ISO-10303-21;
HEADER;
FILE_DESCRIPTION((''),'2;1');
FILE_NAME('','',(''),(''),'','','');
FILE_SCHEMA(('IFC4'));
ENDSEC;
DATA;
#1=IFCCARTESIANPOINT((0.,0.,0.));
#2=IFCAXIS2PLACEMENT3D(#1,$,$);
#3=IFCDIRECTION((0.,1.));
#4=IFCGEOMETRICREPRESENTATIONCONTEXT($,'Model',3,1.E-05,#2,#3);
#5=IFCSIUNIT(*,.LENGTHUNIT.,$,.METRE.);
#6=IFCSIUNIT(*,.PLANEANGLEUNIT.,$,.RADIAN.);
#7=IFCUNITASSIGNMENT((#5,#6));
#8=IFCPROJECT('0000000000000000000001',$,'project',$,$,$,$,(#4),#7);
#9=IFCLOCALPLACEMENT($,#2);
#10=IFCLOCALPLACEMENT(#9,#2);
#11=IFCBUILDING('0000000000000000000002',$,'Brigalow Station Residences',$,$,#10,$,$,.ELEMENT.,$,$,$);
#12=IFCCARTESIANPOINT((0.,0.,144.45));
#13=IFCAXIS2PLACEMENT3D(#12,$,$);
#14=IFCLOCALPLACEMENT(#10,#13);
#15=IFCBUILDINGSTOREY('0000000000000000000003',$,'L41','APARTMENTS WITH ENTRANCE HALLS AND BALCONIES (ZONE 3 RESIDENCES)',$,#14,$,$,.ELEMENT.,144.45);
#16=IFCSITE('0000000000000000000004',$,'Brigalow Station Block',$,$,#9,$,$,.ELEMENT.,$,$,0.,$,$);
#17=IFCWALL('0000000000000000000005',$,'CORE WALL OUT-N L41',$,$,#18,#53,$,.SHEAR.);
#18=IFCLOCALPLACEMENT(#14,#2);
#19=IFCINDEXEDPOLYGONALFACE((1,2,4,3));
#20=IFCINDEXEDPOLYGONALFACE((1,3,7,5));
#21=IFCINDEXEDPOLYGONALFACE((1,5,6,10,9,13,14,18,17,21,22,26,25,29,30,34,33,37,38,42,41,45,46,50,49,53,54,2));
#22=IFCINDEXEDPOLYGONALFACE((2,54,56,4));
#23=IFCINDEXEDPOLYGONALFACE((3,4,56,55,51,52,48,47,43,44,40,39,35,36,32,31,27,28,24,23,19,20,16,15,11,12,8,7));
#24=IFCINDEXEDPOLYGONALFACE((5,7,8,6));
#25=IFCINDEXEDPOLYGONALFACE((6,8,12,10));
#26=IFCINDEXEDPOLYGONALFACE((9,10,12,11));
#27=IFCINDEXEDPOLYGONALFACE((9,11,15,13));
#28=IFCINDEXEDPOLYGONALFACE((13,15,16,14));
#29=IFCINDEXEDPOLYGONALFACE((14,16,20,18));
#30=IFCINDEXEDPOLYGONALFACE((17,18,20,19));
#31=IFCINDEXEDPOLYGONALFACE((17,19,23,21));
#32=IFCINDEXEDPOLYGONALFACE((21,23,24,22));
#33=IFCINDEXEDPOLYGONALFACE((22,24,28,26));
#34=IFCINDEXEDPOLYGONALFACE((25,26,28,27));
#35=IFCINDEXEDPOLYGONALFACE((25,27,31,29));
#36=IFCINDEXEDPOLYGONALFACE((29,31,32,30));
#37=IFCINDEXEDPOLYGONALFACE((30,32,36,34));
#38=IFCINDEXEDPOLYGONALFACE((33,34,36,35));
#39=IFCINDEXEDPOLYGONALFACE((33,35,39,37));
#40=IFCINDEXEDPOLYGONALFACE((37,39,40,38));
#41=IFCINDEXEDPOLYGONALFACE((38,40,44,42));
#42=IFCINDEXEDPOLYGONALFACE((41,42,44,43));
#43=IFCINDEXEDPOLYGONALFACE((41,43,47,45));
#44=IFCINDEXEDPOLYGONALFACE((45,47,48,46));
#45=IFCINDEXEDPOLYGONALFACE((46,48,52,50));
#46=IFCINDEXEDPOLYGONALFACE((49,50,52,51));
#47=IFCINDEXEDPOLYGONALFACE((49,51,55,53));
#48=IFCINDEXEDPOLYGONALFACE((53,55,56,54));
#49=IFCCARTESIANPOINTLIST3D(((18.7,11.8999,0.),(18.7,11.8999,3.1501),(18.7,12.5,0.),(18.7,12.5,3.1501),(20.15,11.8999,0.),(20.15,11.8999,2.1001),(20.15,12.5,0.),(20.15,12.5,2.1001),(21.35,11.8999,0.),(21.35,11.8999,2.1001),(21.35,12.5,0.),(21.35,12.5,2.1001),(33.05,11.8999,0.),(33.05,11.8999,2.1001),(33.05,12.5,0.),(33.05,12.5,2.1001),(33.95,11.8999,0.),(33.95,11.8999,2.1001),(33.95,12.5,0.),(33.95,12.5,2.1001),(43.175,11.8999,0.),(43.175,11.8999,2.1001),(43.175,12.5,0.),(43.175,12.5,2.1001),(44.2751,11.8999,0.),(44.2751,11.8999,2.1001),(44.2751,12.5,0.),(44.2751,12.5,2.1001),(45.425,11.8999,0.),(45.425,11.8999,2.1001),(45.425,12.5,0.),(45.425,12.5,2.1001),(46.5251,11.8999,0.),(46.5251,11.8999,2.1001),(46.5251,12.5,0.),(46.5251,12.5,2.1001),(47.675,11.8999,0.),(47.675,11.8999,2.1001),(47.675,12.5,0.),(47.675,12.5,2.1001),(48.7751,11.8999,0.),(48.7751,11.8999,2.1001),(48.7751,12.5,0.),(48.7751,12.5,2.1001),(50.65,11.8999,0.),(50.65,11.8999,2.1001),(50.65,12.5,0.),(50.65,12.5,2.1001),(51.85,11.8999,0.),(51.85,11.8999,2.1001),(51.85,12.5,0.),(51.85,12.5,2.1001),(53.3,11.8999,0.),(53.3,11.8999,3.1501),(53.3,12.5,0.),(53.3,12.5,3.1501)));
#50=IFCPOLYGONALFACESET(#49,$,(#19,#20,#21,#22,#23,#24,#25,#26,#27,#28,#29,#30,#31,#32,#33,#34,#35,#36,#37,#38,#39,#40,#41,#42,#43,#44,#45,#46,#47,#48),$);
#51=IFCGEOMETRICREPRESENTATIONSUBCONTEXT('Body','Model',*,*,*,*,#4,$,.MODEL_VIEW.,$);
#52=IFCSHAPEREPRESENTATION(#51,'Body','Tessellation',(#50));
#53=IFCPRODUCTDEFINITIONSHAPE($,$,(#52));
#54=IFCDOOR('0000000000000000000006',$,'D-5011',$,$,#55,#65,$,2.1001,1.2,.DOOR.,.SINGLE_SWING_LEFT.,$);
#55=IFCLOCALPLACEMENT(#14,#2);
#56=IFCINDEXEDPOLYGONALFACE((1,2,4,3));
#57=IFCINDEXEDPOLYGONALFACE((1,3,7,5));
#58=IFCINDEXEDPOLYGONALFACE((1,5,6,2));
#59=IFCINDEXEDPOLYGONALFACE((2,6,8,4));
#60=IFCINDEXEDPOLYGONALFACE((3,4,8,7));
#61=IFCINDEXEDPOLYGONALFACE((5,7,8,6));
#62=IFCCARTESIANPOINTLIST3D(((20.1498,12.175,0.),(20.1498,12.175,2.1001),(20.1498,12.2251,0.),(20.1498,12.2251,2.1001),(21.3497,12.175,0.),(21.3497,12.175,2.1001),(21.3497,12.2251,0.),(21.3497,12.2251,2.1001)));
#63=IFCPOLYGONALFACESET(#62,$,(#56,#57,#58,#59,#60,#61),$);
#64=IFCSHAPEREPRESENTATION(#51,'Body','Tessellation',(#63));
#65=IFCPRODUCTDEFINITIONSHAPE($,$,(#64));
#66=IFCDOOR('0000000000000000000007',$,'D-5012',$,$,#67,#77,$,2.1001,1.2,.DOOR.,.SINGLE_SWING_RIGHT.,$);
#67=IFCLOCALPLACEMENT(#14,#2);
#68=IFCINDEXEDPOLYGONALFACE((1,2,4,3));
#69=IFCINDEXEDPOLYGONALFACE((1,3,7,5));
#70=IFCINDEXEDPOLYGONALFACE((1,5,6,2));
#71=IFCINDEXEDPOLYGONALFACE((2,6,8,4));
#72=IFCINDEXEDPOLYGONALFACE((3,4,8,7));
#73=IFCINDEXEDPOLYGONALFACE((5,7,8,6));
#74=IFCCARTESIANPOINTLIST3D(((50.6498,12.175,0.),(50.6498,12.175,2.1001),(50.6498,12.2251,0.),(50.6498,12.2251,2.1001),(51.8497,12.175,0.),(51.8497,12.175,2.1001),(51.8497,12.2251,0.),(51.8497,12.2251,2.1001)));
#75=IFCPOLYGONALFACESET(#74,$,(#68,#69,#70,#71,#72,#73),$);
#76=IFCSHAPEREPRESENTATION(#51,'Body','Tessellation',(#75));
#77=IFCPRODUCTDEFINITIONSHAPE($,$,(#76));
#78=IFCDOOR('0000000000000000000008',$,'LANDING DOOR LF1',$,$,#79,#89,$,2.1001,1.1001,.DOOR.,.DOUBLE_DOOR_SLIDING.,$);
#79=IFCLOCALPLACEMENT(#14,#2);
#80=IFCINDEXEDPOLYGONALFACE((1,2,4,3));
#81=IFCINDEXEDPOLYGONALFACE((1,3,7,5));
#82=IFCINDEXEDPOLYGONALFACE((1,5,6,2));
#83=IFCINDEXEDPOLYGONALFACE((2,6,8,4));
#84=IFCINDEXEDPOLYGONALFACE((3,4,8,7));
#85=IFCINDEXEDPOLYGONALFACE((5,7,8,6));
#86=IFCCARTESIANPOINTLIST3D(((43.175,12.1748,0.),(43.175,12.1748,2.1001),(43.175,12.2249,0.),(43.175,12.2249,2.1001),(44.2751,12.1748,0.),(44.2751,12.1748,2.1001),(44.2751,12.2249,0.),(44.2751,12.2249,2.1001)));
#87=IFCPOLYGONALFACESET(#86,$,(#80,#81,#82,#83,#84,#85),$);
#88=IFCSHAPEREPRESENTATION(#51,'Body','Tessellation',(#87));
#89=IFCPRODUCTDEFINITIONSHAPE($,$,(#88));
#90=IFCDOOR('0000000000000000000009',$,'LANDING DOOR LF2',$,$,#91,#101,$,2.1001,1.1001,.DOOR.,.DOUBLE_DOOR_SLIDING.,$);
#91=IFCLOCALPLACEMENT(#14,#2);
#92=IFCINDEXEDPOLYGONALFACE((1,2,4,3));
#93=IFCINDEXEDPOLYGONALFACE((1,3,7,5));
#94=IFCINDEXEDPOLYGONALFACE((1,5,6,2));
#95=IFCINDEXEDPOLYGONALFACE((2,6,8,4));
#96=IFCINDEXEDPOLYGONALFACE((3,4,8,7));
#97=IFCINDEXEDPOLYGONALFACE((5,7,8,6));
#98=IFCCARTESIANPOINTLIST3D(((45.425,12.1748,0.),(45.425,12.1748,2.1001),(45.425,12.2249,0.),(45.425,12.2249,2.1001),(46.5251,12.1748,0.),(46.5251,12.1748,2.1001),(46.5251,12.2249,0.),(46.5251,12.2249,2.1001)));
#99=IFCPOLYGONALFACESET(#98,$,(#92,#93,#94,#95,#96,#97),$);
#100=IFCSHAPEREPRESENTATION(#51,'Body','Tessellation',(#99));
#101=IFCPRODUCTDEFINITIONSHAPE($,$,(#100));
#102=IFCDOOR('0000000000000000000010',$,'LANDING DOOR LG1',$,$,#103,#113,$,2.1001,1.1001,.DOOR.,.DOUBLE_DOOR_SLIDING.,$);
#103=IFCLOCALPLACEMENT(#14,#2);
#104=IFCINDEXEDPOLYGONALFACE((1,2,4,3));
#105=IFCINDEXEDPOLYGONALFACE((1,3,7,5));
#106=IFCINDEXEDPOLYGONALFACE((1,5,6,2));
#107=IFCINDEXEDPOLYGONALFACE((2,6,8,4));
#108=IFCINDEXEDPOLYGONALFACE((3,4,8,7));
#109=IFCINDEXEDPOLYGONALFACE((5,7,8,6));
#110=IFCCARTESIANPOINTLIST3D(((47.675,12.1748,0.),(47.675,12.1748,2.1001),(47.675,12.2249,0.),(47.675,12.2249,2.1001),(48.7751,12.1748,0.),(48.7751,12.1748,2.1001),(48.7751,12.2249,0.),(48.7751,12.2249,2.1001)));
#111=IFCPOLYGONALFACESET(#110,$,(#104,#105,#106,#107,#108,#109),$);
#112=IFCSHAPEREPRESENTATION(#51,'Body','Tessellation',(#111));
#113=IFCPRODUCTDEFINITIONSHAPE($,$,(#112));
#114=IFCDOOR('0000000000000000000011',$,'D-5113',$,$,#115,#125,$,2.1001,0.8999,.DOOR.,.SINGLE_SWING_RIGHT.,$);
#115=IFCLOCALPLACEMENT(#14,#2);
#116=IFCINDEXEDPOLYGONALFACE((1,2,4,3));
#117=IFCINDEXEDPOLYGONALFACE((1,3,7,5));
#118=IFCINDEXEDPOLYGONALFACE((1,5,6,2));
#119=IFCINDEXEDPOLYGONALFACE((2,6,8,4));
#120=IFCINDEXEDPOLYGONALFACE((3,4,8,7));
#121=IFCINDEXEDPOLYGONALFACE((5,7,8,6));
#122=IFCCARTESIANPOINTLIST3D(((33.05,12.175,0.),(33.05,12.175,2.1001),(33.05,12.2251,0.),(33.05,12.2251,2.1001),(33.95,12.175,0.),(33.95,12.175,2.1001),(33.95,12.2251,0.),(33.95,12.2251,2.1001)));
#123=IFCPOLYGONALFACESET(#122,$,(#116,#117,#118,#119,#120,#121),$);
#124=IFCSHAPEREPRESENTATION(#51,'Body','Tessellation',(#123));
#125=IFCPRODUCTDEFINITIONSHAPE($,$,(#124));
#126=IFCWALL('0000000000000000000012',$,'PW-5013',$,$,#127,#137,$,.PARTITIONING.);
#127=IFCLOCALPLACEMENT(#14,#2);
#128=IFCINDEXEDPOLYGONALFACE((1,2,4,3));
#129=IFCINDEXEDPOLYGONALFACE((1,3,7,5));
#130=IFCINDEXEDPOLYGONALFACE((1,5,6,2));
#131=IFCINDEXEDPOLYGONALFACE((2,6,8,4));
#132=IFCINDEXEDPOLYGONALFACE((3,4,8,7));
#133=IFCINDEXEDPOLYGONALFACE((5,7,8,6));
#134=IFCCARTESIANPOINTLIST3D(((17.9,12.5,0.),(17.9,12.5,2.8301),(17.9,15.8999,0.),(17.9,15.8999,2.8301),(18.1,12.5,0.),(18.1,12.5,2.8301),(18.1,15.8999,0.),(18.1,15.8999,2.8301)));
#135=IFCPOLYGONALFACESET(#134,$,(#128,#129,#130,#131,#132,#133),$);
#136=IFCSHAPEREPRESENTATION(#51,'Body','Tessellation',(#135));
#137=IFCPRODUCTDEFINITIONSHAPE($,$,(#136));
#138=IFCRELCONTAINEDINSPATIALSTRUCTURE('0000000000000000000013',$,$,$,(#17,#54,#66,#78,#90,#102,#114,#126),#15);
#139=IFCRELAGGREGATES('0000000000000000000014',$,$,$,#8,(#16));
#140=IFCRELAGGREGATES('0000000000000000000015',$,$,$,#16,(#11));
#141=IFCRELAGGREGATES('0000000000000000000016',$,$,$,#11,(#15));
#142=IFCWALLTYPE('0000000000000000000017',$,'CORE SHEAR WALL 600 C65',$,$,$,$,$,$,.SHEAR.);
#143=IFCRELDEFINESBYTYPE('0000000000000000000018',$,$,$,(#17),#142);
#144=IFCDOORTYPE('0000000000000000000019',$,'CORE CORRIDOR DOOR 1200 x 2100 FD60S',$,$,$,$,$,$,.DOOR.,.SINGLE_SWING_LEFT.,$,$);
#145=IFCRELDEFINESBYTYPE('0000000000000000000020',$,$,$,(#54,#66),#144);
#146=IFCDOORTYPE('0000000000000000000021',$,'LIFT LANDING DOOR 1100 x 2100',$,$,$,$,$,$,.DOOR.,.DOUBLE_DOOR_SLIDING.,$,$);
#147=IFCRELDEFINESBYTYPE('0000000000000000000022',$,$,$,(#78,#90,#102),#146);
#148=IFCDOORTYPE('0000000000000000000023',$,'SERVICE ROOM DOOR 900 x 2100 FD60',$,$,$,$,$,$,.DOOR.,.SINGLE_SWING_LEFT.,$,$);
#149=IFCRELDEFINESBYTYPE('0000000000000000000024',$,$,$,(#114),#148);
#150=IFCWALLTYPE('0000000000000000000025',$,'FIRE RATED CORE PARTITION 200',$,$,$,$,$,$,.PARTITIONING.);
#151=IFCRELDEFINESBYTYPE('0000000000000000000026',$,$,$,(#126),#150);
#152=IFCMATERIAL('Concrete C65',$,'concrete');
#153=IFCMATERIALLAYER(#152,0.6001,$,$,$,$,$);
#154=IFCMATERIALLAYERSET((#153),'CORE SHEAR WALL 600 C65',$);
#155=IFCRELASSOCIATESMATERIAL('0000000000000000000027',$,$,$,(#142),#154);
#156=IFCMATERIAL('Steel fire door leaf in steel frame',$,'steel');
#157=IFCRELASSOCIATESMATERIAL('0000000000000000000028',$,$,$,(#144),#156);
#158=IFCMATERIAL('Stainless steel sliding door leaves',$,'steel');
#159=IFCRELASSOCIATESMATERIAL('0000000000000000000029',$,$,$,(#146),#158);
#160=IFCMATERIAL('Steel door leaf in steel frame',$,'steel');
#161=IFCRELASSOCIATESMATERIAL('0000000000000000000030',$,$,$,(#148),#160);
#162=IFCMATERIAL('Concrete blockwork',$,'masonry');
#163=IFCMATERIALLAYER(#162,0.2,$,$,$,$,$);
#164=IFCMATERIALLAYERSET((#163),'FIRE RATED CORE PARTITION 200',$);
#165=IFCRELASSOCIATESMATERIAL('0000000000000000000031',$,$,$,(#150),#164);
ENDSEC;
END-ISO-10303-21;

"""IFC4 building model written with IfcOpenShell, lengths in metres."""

from ifc_helpers import new_model, si_unit, direction, frame, frame_2d, origin, place, context, subcontext, project, spatial, rectangle, extrude, material, layer, layer_set, type_object, element, fill, save


model = new_model("IFC4")

# Units and contexts
model_context = context("Model", 3, precision=1e-05, world=origin(), true_north=direction((0.0, 1.0)))
body_context = subcontext(model_context, "Body", "Model", "MODEL_VIEW")
ifc_project = project(units=[si_unit("LENGTHUNIT", "METRE"), si_unit("PLANEANGLEUNIT", "RADIAN")], contexts=[model_context])

# Site, building, storey
site_placement = place(None, origin())
site = spatial("IfcSite", under=ifc_project, at=site_placement, Name="Brigalow Station Block", CompositionType="ELEMENT", RefElevation=0.0)
building_placement = place(site_placement, origin())
building = spatial("IfcBuilding", under=site, at=building_placement, Name="Brigalow Station Residences", CompositionType="ELEMENT")
storey_placement = place(building_placement, frame((0.0, 0.0, 144.45)))
storey = spatial("IfcBuildingStorey", under=building, at=storey_placement, Name="L41", Description="APARTMENTS WITH ENTRANCE HALLS AND BALCONIES (ZONE 3 RESIDENCES)", CompositionType="ELEMENT", Elevation=144.45)

# Wall, openings, doors
ifc_material_1 = material(Name="Concrete C65", Category="concrete")
ifc_layer_1 = layer(ifc_material_1, 0.6001)
ifc_layer_set_1 = layer_set([ifc_layer_1], Name="CORE SHEAR WALL 600 C65")
wall_type_1 = type_object("IfcWallType", Name="CORE SHEAR WALL 600 C65", PredefinedType="SHEAR", material=ifc_layer_set_1)
wall_1_placement = place(storey_placement, frame((18.7, 12.2, 0.0), z_axis=(0.0, 0.0, 1.0), x_axis=(1.0, 0.0, 0.0)))
wall_1 = element("IfcWall", 1, at=wall_1_placement, inside=storey, type_object=wall_type_1, Name="CORE WALL OUT-N L41", PredefinedType="SHEAR", context=body_context, shape_type="SweptSolid", body=[
    extrude(rectangle(XDim=34.6001, YDim=0.6001, at=frame_2d((17.3, 0.0))), origin(), (0.0, 0.0, 1.0), 3.1501),
])
opening_1_placement = place(wall_1_placement, frame((24.4751, 0.0, 0.0)))
opening_1 = element("IfcOpeningElement", 2, at=opening_1_placement, cuts=wall_1, PredefinedType="OPENING", context=body_context, shape_type="SweptSolid", body=[
    extrude(rectangle(XDim=1.1001, YDim=2.1001, at=frame_2d((0.55, 1.05))), frame((0.0, 0.3101, 0.0), z_axis=(0.0, -1.0, 0.0), x_axis=(1.0, 0.0, 0.0)), (0.0, 0.0, 1.0), 0.6201),
])
opening_2_placement = place(wall_1_placement, frame((26.7251, 0.0, 0.0)))
opening_2 = element("IfcOpeningElement", 3, at=opening_2_placement, cuts=wall_1, PredefinedType="OPENING", context=body_context, shape_type="SweptSolid", body=[
    extrude(rectangle(XDim=1.1001, YDim=2.1001, at=frame_2d((0.55, 1.05))), frame((0.0, 0.3101, 0.0), z_axis=(0.0, -1.0, 0.0), x_axis=(1.0, 0.0, 0.0)), (0.0, 0.0, 1.0), 0.6201),
])
opening_3_placement = place(wall_1_placement, frame((28.9751, 0.0, 0.0)))
opening_3 = element("IfcOpeningElement", 4, at=opening_3_placement, cuts=wall_1, PredefinedType="OPENING", context=body_context, shape_type="SweptSolid", body=[
    extrude(rectangle(XDim=1.1001, YDim=2.1001, at=frame_2d((0.55, 1.05))), frame((0.0, 0.3101, 0.0), z_axis=(0.0, -1.0, 0.0), x_axis=(1.0, 0.0, 0.0)), (0.0, 0.0, 1.0), 0.6201),
])
opening_4_placement = place(wall_1_placement, frame((14.3501, 0.0, 0.0)))
opening_4 = element("IfcOpeningElement", 5, at=opening_4_placement, cuts=wall_1, PredefinedType="OPENING", context=body_context, shape_type="SweptSolid", body=[
    extrude(rectangle(XDim=0.8999, YDim=2.1001, at=frame_2d((0.45, 1.05))), frame((0.0, 0.3101, 0.0), z_axis=(0.0, -1.0, 0.0), x_axis=(1.0, 0.0, 0.0)), (0.0, 0.0, 1.0), 0.6201),
])
opening_5_placement = place(wall_1_placement, frame((1.45, 0.0, 0.0)))
opening_5 = element("IfcOpeningElement", 6, at=opening_5_placement, cuts=wall_1, PredefinedType="OPENING", context=body_context, shape_type="SweptSolid", body=[
    extrude(rectangle(XDim=1.2, YDim=2.1001, at=frame_2d((0.6001, 1.05))), frame((0.0, 0.3101, 0.0), z_axis=(0.0, -1.0, 0.0), x_axis=(1.0, 0.0, 0.0)), (0.0, 0.0, 1.0), 0.6201),
])
opening_6_placement = place(wall_1_placement, frame((31.95, 0.0, 0.0)))
opening_6 = element("IfcOpeningElement", 7, at=opening_6_placement, cuts=wall_1, PredefinedType="OPENING", context=body_context, shape_type="SweptSolid", body=[
    extrude(rectangle(XDim=1.2, YDim=2.1001, at=frame_2d((0.6001, 1.05))), frame((0.0, 0.3101, 0.0), z_axis=(0.0, -1.0, 0.0), x_axis=(1.0, 0.0, 0.0)), (0.0, 0.0, 1.0), 0.6201),
])
ifc_material_2 = material(Name="Steel fire door leaf in steel frame", Category="steel")
door_type_1 = type_object("IfcDoorType", Name="CORE CORRIDOR DOOR 1200 x 2100 FD60S", OperationType="SINGLE_SWING_LEFT", PredefinedType="DOOR", material=ifc_material_2)
door_1_placement = place(opening_5_placement, frame((1.2, 0.0, 0.0), z_axis=(0.0, 0.0, 1.0), x_axis=(-1.0, 0.0, 0.0)))
door_1 = element("IfcDoor", 8, at=door_1_placement, inside=storey, type_object=door_type_1, Name="D-5011", OperationType="SINGLE_SWING_LEFT", OverallHeight=2.1001, OverallWidth=1.2, PredefinedType="DOOR", context=body_context, shape_type="SweptSolid", body=[
    extrude(rectangle(XDim=1.2, YDim=2.1001, at=frame_2d((0.6001, 1.05))), frame((0.0, 0.0249, 0.0), z_axis=(0.0, -1.0, 0.0), x_axis=(1.0, 0.0, 0.0)), (0.0, 0.0, 1.0), 0.05),
])
fill(opening_5, door_1)
door_2_placement = place(opening_6_placement, frame((1.2, 0.0, 0.0), z_axis=(0.0, 0.0, 1.0), x_axis=(-1.0, 0.0, 0.0)))
door_2 = element("IfcDoor", 9, at=door_2_placement, inside=storey, type_object=door_type_1, Name="D-5012", OperationType="SINGLE_SWING_RIGHT", OverallHeight=2.1001, OverallWidth=1.2, PredefinedType="DOOR", context=body_context, shape_type="SweptSolid", body=[
    extrude(rectangle(XDim=1.2, YDim=2.1001, at=frame_2d((0.6001, 1.05))), frame((0.0, 0.0249, 0.0), z_axis=(0.0, -1.0, 0.0), x_axis=(1.0, 0.0, 0.0)), (0.0, 0.0, 1.0), 0.05),
])
fill(opening_6, door_2)
ifc_material_3 = material(Name="Stainless steel sliding door leaves", Category="steel")
door_type_2 = type_object("IfcDoorType", Name="LIFT LANDING DOOR 1100 x 2100", OperationType="DOUBLE_DOOR_SLIDING", PredefinedType="DOOR", material=ifc_material_3)
door_3_placement = place(opening_1_placement, origin())
door_3 = element("IfcDoor", 10, at=door_3_placement, inside=storey, type_object=door_type_2, Name="LANDING DOOR LF1", OperationType="DOUBLE_DOOR_SLIDING", OverallHeight=2.1001, OverallWidth=1.1001, PredefinedType="DOOR", context=body_context, shape_type="SweptSolid", body=[
    extrude(rectangle(XDim=1.1001, YDim=2.1001, at=frame_2d((0.55, 1.05))), frame((0.0, 0.0249, 0.0), z_axis=(0.0, -1.0, 0.0), x_axis=(1.0, 0.0, 0.0)), (0.0, 0.0, 1.0), 0.05),
])
fill(opening_1, door_3)
door_4_placement = place(opening_2_placement, origin())
door_4 = element("IfcDoor", 11, at=door_4_placement, inside=storey, type_object=door_type_2, Name="LANDING DOOR LF2", OperationType="DOUBLE_DOOR_SLIDING", OverallHeight=2.1001, OverallWidth=1.1001, PredefinedType="DOOR", context=body_context, shape_type="SweptSolid", body=[
    extrude(rectangle(XDim=1.1001, YDim=2.1001, at=frame_2d((0.55, 1.05))), frame((0.0, 0.0249, 0.0), z_axis=(0.0, -1.0, 0.0), x_axis=(1.0, 0.0, 0.0)), (0.0, 0.0, 1.0), 0.05),
])
fill(opening_2, door_4)
door_5_placement = place(opening_3_placement, origin())
door_5 = element("IfcDoor", 12, at=door_5_placement, inside=storey, type_object=door_type_2, Name="LANDING DOOR LG1", OperationType="DOUBLE_DOOR_SLIDING", OverallHeight=2.1001, OverallWidth=1.1001, PredefinedType="DOOR", context=body_context, shape_type="SweptSolid", body=[
    extrude(rectangle(XDim=1.1001, YDim=2.1001, at=frame_2d((0.55, 1.05))), frame((0.0, 0.0249, 0.0), z_axis=(0.0, -1.0, 0.0), x_axis=(1.0, 0.0, 0.0)), (0.0, 0.0, 1.0), 0.05),
])
fill(opening_3, door_5)
ifc_material_4 = material(Name="Steel door leaf in steel frame", Category="steel")
door_type_3 = type_object("IfcDoorType", Name="SERVICE ROOM DOOR 900 x 2100 FD60", OperationType="SINGLE_SWING_LEFT", PredefinedType="DOOR", material=ifc_material_4)
door_6_placement = place(opening_4_placement, frame((0.8999, 0.0, 0.0), z_axis=(0.0, 0.0, 1.0), x_axis=(-1.0, 0.0, 0.0)))
door_6 = element("IfcDoor", 13, at=door_6_placement, inside=storey, type_object=door_type_3, Name="D-5113", OperationType="SINGLE_SWING_RIGHT", OverallHeight=2.1001, OverallWidth=0.8999, PredefinedType="DOOR", context=body_context, shape_type="SweptSolid", body=[
    extrude(rectangle(XDim=0.8999, YDim=2.1001, at=frame_2d((0.45, 1.05))), frame((0.0, 0.0249, 0.0), z_axis=(0.0, -1.0, 0.0), x_axis=(1.0, 0.0, 0.0)), (0.0, 0.0, 1.0), 0.05),
])
fill(opening_4, door_6)

# Wall
ifc_material_5 = material(Name="Concrete blockwork", Category="masonry")
ifc_layer_2 = layer(ifc_material_5, 0.2)
ifc_layer_set_2 = layer_set([ifc_layer_2], Name="FIRE RATED CORE PARTITION 200")
wall_type_2 = type_object("IfcWallType", Name="FIRE RATED CORE PARTITION 200", PredefinedType="PARTITIONING", material=ifc_layer_set_2)
wall_2_placement = place(storey_placement, frame((18.0, 12.5, 0.0), z_axis=(0.0, 0.0, 1.0), x_axis=(0.0, 1.0, 0.0)))
element("IfcWall", 14, at=wall_2_placement, inside=storey, type_object=wall_type_2, Name="PW-5013", PredefinedType="PARTITIONING", context=body_context, shape_type="SweptSolid", body=[
    extrude(rectangle(XDim=3.3999, YDim=0.2, at=frame_2d((1.7, 0.0))), origin(), (0.0, 0.0, 1.0), 2.8301),
])

save(model, "model.ifc")
